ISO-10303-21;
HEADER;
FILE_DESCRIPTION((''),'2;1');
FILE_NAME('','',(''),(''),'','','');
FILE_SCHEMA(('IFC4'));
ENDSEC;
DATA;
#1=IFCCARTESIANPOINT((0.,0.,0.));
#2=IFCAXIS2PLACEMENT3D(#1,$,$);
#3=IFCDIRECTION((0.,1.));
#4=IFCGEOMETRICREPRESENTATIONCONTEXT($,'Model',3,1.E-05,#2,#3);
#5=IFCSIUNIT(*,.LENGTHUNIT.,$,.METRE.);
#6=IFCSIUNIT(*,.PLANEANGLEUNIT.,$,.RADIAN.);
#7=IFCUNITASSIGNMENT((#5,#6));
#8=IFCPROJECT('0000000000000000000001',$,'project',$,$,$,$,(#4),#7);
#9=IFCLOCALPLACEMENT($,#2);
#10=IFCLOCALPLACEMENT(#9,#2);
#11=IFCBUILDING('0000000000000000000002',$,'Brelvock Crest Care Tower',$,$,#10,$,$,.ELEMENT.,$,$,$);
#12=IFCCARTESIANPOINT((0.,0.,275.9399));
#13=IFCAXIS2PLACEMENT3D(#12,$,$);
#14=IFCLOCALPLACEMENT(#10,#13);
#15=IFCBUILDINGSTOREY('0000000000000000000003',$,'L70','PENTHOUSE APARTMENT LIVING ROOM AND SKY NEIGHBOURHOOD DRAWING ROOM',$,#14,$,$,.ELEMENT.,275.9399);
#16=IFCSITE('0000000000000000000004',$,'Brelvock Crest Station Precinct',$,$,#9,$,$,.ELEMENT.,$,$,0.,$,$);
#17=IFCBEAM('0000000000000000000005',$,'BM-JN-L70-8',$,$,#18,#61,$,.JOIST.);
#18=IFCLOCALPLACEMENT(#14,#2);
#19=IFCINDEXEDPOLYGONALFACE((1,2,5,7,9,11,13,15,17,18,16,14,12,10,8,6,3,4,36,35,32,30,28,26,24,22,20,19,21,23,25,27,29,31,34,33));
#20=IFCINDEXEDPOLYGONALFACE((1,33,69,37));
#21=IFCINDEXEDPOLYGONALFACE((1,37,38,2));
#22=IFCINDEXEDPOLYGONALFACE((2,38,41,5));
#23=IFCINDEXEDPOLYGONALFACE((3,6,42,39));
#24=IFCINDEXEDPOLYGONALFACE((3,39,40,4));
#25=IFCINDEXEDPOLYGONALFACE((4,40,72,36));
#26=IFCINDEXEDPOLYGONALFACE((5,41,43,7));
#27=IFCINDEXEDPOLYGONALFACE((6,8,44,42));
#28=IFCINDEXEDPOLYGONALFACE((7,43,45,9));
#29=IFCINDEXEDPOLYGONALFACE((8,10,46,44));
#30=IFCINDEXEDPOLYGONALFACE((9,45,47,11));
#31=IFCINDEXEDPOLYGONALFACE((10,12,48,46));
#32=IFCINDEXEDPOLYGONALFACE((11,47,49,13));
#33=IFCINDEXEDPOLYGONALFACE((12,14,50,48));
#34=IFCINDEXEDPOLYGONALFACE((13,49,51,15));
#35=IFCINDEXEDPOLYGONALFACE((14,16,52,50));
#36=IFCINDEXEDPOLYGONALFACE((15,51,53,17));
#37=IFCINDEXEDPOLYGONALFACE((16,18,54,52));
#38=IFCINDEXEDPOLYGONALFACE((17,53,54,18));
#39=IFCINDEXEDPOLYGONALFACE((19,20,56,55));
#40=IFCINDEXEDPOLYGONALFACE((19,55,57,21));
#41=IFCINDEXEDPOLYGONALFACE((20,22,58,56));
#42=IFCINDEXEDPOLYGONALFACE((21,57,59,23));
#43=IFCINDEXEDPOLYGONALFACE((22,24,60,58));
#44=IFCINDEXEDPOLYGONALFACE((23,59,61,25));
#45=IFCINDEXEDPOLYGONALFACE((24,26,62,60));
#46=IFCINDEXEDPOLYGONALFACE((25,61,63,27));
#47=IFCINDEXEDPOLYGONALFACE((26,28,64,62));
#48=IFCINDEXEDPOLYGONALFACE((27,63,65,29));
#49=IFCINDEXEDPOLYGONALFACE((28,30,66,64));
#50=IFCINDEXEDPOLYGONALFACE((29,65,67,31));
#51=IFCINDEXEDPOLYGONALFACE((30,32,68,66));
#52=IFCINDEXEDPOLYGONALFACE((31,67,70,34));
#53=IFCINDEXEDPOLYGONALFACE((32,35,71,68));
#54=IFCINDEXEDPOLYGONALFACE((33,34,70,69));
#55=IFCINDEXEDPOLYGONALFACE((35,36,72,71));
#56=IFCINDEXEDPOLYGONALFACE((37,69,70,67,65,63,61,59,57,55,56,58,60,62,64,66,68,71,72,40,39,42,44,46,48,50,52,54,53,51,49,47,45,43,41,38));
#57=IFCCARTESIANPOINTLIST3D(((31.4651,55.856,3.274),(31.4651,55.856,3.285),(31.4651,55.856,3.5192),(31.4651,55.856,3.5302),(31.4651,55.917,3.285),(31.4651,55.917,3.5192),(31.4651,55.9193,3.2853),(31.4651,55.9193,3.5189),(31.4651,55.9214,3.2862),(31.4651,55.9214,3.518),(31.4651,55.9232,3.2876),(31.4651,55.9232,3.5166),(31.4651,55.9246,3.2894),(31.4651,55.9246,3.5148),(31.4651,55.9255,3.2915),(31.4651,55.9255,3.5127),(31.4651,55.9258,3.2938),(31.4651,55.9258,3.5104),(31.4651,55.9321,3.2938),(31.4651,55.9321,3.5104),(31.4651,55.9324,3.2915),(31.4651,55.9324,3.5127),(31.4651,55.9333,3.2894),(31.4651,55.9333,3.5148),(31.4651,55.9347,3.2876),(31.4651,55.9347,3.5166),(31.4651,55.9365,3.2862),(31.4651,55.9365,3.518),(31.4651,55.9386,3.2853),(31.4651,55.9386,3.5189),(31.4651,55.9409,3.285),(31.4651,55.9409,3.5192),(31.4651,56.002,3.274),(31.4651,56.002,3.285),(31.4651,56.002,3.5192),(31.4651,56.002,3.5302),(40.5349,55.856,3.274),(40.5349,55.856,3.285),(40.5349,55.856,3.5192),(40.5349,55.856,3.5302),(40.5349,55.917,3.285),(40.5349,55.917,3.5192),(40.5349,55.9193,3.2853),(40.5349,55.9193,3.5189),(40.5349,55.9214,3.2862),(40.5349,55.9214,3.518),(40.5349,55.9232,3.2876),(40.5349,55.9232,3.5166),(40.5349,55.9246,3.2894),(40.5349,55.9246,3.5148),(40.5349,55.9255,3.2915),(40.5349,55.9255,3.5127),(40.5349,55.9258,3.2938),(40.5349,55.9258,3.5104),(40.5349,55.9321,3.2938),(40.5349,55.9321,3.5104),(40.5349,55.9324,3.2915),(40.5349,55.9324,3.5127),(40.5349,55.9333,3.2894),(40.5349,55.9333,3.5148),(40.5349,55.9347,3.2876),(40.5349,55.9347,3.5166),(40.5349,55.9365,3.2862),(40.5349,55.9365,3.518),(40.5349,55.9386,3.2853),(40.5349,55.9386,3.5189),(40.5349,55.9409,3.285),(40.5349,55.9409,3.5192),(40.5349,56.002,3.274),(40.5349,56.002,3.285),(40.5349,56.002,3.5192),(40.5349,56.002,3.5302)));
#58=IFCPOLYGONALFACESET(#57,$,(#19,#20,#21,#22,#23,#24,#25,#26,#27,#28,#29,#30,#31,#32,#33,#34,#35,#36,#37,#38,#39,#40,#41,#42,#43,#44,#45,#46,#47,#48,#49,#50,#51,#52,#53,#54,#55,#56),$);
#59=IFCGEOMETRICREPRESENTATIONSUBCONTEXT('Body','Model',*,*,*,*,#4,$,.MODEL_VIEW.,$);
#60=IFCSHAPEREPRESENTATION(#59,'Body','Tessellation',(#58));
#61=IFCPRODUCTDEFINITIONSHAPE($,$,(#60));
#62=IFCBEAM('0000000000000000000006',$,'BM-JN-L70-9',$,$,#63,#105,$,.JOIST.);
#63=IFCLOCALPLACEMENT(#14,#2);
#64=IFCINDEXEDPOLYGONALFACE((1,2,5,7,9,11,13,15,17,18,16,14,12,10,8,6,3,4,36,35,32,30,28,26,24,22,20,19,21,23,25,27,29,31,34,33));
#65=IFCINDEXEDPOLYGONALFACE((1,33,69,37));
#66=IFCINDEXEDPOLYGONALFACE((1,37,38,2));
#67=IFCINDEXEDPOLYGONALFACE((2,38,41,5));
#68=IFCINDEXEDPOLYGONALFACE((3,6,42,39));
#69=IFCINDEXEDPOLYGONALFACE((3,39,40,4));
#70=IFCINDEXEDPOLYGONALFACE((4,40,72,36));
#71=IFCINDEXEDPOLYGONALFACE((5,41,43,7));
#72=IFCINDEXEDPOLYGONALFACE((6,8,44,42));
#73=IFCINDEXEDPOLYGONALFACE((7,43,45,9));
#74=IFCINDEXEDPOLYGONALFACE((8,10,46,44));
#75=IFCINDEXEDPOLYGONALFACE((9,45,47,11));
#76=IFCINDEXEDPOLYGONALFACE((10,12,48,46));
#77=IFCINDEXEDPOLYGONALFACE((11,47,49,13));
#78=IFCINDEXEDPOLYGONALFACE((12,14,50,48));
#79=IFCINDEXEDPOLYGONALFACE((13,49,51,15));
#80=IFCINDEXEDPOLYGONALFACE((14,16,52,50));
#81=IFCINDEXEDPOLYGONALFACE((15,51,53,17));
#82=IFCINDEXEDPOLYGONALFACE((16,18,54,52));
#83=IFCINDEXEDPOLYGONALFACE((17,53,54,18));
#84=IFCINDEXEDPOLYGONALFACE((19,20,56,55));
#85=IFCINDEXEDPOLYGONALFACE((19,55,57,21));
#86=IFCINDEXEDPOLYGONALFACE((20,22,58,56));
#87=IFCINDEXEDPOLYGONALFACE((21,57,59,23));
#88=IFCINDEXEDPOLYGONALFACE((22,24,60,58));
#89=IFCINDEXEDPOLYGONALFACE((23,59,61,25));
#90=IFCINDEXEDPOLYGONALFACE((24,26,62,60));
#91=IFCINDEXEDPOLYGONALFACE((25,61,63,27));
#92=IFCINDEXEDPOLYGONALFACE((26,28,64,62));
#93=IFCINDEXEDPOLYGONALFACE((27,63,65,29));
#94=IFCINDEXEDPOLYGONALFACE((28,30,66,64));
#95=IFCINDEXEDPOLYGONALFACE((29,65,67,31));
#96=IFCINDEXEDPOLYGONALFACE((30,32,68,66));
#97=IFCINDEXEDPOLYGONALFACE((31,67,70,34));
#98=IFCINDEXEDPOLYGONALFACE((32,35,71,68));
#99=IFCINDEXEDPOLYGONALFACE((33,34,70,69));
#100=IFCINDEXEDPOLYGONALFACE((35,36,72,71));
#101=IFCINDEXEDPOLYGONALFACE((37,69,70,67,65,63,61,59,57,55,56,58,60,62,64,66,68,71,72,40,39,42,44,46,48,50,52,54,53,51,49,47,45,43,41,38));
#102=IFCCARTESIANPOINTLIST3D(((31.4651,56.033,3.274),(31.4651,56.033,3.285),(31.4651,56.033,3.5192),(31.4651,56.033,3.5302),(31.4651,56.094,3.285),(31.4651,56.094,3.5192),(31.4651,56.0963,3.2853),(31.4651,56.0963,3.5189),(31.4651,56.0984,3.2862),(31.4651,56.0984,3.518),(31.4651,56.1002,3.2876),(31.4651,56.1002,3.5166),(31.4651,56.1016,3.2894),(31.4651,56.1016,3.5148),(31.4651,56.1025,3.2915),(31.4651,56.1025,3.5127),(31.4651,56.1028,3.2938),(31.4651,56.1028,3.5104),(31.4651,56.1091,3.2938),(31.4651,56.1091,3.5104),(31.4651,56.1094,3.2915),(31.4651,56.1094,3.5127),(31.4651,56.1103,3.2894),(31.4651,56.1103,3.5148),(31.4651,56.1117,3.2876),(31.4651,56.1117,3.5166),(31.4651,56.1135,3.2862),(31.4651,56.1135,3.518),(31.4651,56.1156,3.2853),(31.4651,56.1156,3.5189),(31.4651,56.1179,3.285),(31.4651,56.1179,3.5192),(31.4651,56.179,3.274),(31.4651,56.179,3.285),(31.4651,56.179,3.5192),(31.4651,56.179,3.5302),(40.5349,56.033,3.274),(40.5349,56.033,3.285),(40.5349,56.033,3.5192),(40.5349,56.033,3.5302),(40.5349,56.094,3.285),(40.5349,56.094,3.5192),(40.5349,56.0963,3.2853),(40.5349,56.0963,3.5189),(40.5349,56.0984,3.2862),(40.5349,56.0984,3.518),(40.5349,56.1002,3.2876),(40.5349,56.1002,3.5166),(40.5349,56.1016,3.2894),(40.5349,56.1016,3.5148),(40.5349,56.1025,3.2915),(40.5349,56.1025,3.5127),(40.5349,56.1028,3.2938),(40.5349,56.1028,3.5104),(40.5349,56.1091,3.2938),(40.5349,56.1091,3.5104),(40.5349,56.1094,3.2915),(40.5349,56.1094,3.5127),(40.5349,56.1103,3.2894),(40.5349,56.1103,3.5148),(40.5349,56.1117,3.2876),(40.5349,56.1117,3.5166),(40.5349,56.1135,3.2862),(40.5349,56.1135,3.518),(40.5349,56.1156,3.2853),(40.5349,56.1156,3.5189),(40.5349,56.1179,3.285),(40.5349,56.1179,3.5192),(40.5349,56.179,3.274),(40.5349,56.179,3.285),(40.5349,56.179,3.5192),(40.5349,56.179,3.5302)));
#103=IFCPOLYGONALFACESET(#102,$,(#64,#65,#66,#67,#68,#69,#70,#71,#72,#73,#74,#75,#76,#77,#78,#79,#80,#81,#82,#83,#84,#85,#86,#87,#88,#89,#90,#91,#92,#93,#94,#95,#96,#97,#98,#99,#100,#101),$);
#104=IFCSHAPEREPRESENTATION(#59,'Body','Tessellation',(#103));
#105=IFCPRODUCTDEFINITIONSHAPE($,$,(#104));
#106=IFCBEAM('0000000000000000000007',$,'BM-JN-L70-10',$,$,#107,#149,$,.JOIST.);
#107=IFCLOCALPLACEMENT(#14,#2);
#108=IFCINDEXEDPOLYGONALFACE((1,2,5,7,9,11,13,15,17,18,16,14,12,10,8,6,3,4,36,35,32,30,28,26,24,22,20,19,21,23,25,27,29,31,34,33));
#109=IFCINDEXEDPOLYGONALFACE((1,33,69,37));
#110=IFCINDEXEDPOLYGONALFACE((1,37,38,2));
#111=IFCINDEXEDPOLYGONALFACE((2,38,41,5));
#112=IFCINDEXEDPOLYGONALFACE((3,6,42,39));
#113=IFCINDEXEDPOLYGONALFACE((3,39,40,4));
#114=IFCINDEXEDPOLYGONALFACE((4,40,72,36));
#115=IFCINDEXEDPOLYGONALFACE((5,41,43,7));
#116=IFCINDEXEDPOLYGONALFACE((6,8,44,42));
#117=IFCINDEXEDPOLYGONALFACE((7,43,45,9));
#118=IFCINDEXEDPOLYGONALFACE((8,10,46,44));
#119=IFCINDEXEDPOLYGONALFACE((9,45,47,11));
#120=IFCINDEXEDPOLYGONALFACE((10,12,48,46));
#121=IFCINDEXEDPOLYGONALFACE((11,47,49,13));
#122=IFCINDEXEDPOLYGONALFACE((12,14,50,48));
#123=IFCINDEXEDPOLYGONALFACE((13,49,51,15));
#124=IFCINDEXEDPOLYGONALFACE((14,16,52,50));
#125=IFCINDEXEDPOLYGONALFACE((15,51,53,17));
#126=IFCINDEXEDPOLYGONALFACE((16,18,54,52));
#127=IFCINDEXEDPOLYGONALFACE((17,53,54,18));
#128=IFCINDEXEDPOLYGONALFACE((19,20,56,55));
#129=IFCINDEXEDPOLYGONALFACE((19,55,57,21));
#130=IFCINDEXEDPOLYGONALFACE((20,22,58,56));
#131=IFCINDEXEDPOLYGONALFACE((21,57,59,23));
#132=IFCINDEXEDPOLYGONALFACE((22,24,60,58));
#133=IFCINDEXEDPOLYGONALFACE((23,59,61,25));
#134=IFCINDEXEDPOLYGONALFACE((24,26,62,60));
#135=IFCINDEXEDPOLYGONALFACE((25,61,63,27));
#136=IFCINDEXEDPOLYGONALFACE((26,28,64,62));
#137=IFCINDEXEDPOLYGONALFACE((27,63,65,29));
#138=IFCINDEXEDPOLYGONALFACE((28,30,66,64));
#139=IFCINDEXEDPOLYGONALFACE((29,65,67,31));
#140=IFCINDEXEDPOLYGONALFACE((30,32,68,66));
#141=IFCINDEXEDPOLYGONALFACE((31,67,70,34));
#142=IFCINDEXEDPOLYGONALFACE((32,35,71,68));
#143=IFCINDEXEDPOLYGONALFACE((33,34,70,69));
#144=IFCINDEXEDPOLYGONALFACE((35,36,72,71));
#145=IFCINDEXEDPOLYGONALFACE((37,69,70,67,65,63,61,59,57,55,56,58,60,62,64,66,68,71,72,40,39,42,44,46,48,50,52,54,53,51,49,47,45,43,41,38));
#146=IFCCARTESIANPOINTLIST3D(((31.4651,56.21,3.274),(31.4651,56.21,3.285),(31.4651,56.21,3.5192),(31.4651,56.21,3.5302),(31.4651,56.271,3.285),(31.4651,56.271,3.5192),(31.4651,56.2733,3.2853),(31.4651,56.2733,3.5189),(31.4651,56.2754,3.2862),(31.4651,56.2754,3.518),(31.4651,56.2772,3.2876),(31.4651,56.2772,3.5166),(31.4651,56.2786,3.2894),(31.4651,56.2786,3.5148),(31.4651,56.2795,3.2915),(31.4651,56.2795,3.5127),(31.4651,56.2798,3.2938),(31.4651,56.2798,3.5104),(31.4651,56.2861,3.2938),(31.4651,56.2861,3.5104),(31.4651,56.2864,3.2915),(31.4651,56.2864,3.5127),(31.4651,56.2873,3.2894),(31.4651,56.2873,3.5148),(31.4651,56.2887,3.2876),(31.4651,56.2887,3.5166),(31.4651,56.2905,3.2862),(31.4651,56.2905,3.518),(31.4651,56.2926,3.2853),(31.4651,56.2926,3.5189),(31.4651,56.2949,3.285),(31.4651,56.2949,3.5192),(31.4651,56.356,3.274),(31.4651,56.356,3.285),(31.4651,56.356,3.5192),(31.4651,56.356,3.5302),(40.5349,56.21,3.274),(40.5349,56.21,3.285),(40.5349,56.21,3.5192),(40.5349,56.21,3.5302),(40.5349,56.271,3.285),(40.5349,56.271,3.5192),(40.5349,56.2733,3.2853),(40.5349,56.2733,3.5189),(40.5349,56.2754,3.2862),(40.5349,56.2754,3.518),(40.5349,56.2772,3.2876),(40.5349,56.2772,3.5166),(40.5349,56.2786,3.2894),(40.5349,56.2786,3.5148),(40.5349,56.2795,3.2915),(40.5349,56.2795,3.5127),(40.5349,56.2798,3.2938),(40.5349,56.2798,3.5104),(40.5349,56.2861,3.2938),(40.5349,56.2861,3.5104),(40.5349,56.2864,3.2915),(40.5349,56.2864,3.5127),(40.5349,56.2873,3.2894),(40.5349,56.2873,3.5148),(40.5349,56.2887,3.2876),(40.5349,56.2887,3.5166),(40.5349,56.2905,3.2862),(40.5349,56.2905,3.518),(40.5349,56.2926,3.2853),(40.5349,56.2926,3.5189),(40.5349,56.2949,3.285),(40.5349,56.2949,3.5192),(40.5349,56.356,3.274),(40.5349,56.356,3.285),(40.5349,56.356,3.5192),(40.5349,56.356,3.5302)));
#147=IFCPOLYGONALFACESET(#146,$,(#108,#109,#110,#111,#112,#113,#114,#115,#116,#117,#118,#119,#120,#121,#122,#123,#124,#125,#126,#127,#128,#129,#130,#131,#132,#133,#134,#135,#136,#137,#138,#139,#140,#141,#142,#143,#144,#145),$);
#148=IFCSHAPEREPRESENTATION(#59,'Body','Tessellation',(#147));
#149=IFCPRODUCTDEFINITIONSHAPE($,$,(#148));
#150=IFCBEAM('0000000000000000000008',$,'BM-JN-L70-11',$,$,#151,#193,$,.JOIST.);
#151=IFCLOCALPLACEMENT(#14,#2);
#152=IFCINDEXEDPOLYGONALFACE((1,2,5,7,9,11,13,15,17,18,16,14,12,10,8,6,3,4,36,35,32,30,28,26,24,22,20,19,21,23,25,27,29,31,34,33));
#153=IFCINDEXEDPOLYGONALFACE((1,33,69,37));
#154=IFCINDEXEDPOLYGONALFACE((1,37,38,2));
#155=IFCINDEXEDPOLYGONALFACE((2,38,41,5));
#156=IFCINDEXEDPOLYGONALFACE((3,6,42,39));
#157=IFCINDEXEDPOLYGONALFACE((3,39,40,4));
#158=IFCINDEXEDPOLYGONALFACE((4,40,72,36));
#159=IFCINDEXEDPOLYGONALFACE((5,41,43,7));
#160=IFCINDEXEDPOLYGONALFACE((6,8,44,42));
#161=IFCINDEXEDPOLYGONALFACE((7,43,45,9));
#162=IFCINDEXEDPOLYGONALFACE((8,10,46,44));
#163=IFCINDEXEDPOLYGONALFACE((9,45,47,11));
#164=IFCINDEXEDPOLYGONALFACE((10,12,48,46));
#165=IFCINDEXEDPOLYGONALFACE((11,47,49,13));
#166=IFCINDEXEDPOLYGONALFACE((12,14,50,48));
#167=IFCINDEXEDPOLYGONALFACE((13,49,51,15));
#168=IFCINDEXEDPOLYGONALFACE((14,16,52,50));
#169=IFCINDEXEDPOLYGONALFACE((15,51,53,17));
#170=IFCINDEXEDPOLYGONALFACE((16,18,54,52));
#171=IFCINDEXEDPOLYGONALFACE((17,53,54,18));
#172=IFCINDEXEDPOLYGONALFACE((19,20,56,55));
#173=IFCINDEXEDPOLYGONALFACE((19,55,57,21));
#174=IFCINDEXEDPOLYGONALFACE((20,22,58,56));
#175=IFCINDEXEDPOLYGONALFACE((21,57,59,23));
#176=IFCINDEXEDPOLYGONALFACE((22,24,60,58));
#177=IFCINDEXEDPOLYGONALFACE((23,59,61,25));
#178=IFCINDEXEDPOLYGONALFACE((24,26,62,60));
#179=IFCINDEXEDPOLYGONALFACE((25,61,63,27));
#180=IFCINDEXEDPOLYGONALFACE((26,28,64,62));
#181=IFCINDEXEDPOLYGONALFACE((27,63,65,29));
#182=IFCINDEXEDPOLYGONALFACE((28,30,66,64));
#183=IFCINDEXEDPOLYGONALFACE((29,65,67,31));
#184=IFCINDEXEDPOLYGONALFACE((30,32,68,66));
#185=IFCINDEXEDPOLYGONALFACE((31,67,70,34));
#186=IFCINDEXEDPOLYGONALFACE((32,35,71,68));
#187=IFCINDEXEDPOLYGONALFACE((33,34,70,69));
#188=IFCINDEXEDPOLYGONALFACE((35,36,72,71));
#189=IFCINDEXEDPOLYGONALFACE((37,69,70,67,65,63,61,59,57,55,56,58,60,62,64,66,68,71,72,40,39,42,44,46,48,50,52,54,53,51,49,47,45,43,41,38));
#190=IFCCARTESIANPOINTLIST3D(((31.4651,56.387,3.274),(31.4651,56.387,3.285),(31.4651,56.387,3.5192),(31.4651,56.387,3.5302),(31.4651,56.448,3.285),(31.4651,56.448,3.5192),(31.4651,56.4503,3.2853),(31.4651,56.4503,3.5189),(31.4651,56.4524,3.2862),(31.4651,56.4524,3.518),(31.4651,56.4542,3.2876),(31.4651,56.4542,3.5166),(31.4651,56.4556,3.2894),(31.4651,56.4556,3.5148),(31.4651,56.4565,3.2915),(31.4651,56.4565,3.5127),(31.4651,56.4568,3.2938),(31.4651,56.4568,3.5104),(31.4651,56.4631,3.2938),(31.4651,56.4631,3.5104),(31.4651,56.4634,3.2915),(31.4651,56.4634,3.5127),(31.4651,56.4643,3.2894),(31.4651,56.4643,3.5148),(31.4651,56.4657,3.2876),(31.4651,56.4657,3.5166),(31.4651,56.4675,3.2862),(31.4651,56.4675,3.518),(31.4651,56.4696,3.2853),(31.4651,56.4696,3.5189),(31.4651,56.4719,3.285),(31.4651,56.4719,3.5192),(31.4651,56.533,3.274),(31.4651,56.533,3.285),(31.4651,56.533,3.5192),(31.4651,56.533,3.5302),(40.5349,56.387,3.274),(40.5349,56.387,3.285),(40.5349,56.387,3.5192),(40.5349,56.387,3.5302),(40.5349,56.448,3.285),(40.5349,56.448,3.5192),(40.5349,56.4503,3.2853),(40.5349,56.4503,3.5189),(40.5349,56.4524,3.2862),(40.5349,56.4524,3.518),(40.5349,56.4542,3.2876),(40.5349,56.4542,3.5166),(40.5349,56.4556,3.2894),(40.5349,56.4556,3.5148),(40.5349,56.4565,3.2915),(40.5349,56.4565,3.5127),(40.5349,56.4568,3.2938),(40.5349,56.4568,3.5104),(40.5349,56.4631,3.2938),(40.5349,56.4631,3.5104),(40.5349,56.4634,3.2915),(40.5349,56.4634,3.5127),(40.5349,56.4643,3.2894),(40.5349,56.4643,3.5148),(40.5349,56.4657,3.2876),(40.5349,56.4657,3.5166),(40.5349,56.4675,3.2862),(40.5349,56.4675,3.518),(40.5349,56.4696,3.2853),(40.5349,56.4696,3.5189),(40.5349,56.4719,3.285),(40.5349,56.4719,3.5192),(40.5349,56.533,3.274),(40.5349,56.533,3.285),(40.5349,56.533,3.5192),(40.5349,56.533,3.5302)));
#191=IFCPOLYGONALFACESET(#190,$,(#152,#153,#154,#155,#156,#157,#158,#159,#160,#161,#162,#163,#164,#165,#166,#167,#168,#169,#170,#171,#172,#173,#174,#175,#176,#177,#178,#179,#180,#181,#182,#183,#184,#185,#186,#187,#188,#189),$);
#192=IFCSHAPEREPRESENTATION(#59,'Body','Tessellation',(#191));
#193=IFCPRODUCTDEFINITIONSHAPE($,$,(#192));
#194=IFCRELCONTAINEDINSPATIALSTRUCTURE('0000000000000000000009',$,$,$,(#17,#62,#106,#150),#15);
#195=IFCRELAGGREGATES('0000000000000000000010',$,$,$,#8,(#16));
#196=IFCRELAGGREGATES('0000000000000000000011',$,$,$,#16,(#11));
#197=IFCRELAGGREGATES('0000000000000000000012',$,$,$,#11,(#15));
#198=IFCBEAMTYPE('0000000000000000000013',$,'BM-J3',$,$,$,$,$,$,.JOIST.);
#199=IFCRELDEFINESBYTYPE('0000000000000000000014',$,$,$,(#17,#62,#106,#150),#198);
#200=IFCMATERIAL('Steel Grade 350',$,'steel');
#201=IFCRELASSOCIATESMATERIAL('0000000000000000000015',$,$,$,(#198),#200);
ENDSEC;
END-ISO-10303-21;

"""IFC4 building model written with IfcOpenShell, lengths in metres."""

from ifc_helpers import new_model, si_unit, direction, frame, origin, origin_2d, place, context, subcontext, project, spatial, i_section, extrude, source, transform, mapped, material, material_profile, profile_set, type_object, element, save


model = new_model("IFC4")

# Units and contexts
model_context = context("Model", 3, precision=1e-05, world=origin(), true_north=direction((0.0, 1.0)))
body_context = subcontext(model_context, "Body", "Model", "MODEL_VIEW")
ifc_project = project(units=[si_unit("LENGTHUNIT", "METRE"), si_unit("PLANEANGLEUNIT", "RADIAN")], contexts=[model_context])

# Site, building, storey
site_placement = place(None, origin())
site = spatial("IfcSite", under=ifc_project, at=site_placement, Name="Brelvock Crest Station Precinct", CompositionType="ELEMENT", RefElevation=0.0)
building_placement = place(site_placement, origin())
building = spatial("IfcBuilding", under=site, at=building_placement, Name="Brelvock Crest Care Tower", CompositionType="ELEMENT")
storey_placement = place(building_placement, frame((0.0, 0.0, 275.9399)))
storey = spatial("IfcBuildingStorey", under=building, at=storey_placement, Name="L70", Description="PENTHOUSE APARTMENT LIVING ROOM AND SKY NEIGHBOURHOOD DRAWING ROOM", CompositionType="ELEMENT", Elevation=275.9399)

# Shared definitions
ifc_material_1 = material(Name="Steel Grade 350", Category="steel")

# Beams
ifc_material_profile_1 = material_profile(ifc_material_1, i_section(OverallWidth=0.146, OverallDepth=0.2561, WebThickness=0.0063, FlangeThickness=0.011, FilletRadius=0.0088, at=origin_2d()), Name="250UB37.3")
ifc_profile_set_1 = profile_set([ifc_material_profile_1], Name="Steel Grade 350")
beam_type_1 = type_object("IfcBeamType", Name="BM-J3", PredefinedType="JOIST", material=ifc_profile_set_1)
shared_shape_1 = source(origin(), body_context, "Body", "SweptSolid", [
    extrude(i_section(OverallWidth=0.146, OverallDepth=0.2561, WebThickness=0.0063, FlangeThickness=0.011, FilletRadius=0.0088, at=origin_2d()), origin(), (0.0, 0.0, 1.0), 9.0698),
])
for number, where, z_axis, x_axis, name in (
    (1, (31.4651, 55.929, 3.4021), (1.0, 0.0, 0.0), (0.0, 1.0, 0.0), "BM-JN-L70-8"),
    (2, (31.4651, 56.106, 3.4021), (1.0, 0.0, 0.0), (0.0, 1.0, 0.0), "BM-JN-L70-9"),
    (3, (31.4651, 56.283, 3.4021), (1.0, 0.0, 0.0), (0.0, 1.0, 0.0), "BM-JN-L70-10"),
    (4, (31.4651, 56.46, 3.4021), (1.0, 0.0, 0.0), (0.0, 1.0, 0.0), "BM-JN-L70-11"),
):
    element("IfcBeam", number, at=place(storey_placement, frame(where, z_axis=z_axis, x_axis=x_axis)), inside=storey, type_object=beam_type_1, Name=name, PredefinedType="JOIST", context=body_context, shape_type="MappedRepresentation", body=[
        mapped(shared_shape_1, transform((0.0, 0.0, 0.0), x_axis=(1.0, 0.0, 0.0), y_axis=(0.0, 1.0, 0.0), z_axis=(0.0, 0.0, 1.0), scale=1.0)),
    ])

save(model, "model.ifc")
